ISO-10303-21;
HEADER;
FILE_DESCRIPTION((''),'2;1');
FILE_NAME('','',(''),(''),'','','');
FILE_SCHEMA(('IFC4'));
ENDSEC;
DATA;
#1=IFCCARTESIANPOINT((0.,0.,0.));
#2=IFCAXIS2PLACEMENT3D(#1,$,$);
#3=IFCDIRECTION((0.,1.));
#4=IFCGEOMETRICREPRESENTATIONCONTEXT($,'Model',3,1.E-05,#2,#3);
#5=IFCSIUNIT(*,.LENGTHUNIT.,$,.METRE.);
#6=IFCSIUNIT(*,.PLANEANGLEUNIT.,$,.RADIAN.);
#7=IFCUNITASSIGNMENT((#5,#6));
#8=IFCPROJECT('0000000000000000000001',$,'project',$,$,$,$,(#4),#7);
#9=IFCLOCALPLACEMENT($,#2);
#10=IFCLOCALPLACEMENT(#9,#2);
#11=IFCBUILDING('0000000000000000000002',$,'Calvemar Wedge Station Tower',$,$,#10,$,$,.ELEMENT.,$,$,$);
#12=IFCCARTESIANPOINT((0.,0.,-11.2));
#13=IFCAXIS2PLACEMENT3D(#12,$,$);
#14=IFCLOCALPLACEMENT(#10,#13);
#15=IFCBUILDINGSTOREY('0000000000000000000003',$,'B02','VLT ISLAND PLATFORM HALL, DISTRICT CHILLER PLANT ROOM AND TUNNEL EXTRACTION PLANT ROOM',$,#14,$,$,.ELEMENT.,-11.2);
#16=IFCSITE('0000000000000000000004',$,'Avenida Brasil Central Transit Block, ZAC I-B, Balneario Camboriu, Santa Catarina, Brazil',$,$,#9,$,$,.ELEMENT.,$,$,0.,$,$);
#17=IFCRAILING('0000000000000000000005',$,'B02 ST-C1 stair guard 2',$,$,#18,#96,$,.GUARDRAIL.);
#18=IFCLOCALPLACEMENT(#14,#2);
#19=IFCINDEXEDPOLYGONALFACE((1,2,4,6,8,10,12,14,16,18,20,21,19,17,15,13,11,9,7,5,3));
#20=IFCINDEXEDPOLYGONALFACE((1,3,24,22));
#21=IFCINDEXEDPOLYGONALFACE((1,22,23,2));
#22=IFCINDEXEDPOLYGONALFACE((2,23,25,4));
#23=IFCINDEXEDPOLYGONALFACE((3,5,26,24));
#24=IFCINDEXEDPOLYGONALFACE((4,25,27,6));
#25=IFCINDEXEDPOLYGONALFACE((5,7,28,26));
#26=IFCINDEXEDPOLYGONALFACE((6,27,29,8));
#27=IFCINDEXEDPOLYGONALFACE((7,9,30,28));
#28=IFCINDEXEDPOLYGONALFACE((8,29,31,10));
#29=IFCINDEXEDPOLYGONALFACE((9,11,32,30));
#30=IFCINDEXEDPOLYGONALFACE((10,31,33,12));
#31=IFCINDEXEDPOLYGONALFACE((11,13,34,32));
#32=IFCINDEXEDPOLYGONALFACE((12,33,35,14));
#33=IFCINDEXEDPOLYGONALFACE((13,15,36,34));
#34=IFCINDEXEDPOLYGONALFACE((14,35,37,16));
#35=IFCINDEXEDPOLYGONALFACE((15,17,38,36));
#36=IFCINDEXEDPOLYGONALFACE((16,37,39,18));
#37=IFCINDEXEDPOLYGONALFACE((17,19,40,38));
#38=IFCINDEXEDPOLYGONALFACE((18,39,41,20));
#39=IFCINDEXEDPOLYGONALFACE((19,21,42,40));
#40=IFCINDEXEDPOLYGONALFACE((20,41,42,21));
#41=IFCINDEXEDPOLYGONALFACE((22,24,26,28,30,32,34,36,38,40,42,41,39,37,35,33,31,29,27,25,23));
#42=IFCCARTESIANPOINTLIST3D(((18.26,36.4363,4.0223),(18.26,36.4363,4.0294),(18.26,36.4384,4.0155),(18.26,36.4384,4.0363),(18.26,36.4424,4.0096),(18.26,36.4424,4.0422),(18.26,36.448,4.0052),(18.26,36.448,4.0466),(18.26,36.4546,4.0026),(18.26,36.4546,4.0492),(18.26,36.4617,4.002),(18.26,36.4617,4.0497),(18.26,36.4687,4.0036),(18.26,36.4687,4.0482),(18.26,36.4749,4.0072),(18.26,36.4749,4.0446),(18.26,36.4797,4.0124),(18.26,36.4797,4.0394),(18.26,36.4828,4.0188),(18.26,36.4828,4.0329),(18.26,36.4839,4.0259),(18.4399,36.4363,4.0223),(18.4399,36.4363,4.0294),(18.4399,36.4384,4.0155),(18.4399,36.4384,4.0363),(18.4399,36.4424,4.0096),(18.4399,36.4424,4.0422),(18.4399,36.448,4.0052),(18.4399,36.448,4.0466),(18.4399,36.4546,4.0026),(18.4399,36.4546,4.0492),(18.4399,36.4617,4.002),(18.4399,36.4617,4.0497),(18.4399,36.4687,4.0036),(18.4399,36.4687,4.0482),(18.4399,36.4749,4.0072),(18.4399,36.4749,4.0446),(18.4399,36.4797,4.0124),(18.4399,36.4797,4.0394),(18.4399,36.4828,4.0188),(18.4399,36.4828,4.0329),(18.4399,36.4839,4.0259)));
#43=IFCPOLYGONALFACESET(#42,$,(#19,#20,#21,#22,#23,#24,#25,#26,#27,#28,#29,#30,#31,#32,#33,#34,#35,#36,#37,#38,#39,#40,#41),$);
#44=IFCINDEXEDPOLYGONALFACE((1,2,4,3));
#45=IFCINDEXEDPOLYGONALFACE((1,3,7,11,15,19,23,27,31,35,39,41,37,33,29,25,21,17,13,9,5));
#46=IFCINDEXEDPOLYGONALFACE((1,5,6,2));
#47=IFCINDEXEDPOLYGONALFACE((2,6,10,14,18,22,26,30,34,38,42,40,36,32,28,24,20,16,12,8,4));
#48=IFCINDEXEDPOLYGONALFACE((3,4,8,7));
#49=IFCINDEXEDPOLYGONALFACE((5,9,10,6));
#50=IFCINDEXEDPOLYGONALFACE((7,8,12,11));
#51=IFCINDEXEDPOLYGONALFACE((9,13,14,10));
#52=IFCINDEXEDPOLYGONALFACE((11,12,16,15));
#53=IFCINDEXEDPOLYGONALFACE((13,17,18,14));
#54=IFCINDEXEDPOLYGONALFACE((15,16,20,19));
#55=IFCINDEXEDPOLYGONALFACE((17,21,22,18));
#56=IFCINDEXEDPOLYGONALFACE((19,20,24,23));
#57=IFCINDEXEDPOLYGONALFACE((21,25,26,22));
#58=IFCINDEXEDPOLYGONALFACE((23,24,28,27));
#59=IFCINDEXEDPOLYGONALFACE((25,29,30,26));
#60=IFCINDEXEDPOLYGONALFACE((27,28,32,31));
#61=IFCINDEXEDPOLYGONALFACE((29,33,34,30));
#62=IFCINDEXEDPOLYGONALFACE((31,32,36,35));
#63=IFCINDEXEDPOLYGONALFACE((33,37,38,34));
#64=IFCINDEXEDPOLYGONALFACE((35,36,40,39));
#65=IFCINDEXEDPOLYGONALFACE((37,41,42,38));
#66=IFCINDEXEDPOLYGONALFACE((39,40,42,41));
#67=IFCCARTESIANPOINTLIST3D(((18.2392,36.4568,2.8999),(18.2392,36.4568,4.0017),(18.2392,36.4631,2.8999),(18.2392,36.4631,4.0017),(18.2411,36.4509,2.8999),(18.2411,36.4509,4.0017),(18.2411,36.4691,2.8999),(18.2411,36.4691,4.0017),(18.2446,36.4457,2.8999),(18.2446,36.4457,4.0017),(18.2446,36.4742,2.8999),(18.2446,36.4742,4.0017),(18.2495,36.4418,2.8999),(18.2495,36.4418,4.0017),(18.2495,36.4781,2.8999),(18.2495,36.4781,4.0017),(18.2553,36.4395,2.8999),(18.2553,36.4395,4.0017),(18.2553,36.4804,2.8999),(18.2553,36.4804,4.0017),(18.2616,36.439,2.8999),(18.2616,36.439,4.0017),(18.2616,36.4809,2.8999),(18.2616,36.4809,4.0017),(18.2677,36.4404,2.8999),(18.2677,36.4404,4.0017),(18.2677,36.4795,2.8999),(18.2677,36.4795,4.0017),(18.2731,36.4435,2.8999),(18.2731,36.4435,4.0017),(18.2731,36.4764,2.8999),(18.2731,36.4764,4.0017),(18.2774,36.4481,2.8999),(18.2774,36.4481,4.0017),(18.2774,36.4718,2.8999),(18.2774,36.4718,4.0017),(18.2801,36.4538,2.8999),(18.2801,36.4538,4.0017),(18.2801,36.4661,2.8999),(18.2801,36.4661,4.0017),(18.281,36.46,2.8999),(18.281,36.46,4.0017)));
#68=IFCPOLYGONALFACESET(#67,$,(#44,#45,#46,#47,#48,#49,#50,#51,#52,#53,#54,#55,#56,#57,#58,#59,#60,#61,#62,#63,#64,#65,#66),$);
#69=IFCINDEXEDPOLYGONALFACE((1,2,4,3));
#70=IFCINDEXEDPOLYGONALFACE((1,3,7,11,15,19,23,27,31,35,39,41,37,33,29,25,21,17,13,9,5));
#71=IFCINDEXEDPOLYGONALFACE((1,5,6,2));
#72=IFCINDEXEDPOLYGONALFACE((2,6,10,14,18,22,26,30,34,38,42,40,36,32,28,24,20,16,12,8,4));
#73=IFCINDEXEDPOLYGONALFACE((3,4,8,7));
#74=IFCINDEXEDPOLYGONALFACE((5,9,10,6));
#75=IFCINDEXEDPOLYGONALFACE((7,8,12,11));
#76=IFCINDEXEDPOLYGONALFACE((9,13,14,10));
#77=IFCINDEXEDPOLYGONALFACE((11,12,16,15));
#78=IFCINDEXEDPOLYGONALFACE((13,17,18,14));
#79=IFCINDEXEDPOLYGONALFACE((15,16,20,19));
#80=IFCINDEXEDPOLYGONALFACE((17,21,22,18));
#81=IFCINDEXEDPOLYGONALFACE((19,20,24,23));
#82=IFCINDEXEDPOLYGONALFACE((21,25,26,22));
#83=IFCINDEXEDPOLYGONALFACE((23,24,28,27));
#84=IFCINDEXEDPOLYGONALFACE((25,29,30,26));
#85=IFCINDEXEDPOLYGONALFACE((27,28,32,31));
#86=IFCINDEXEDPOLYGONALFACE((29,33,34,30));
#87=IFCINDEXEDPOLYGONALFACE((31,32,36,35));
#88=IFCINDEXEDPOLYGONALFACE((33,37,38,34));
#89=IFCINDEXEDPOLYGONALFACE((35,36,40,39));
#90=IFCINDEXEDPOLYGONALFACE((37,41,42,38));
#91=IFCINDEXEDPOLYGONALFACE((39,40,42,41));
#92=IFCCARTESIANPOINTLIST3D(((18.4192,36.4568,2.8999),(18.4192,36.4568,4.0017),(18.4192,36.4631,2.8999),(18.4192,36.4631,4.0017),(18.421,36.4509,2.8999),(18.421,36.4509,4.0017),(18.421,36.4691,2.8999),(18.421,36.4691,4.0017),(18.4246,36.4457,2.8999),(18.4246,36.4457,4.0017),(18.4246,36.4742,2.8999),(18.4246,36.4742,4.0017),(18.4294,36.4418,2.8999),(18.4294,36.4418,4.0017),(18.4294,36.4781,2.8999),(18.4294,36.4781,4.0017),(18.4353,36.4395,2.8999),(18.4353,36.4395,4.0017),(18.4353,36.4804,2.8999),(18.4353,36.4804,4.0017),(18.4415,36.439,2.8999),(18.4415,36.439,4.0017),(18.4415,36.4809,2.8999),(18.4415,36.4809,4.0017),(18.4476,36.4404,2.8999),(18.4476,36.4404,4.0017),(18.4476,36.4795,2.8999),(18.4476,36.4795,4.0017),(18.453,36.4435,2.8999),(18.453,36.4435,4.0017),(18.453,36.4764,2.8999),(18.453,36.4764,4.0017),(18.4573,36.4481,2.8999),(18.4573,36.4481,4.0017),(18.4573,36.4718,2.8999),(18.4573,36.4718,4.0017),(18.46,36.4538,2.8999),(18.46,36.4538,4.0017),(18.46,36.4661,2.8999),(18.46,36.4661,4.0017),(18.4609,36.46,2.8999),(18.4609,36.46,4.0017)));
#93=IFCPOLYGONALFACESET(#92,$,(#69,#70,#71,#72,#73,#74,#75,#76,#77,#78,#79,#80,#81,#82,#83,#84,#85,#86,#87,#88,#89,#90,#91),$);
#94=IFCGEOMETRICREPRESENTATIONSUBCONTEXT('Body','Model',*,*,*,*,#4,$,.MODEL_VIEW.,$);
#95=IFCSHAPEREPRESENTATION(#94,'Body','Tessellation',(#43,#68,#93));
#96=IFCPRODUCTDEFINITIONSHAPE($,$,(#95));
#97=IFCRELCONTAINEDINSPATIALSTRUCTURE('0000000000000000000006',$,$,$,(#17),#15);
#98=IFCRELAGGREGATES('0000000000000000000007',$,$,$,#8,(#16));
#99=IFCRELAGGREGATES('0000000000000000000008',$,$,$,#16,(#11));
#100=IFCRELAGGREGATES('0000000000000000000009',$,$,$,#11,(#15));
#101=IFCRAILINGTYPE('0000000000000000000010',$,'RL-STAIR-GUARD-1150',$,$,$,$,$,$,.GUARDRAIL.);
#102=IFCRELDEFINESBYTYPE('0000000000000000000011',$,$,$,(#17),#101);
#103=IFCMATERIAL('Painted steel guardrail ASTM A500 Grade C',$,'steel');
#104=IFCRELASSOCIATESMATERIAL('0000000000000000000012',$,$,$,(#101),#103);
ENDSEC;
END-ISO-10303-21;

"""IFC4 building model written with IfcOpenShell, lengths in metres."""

from ifc_helpers import new_model, si_unit, direction, frame, origin, origin_2d, place, context, subcontext, project, spatial, circle, extrude, material, type_object, element, save


model = new_model("IFC4")

# Units and contexts
model_context = context("Model", 3, precision=1e-05, world=origin(), true_north=direction((0.0, 1.0)))
body_context = subcontext(model_context, "Body", "Model", "MODEL_VIEW")
ifc_project = project(units=[si_unit("LENGTHUNIT", "METRE"), si_unit("PLANEANGLEUNIT", "RADIAN")], contexts=[model_context])

# Site, building, storey
site_placement = place(None, origin())
site = spatial("IfcSite", under=ifc_project, at=site_placement, Name="Avenida Brasil Central Transit Block, ZAC I-B, Balneario Camboriu, Santa Catarina, Brazil", CompositionType="ELEMENT", RefElevation=0.0)
building_placement = place(site_placement, origin())
building = spatial("IfcBuilding", under=site, at=building_placement, Name="Calvemar Wedge Station Tower", CompositionType="ELEMENT")
storey_placement = place(building_placement, frame((0.0, 0.0, -11.2)))
storey = spatial("IfcBuildingStorey", under=building, at=storey_placement, Name="B02", Description="VLT ISLAND PLATFORM HALL, DISTRICT CHILLER PLANT ROOM AND TUNNEL EXTRACTION PLANT ROOM", CompositionType="ELEMENT", Elevation=-11.2)

# Railing
ifc_material_1 = material(Name="Painted steel guardrail ASTM A500 Grade C", Category="steel")
railing_type_1 = type_object("IfcRailingType", Name="RL-STAIR-GUARD-1150", PredefinedType="GUARDRAIL", material=ifc_material_1)
railing_1_placement = place(storey_placement, frame((18.26, 36.46, 2.8999)))
element("IfcRailing", 1, at=railing_1_placement, inside=storey, type_object=railing_type_1, Name="B02 ST-C1 stair guard 2", PredefinedType="GUARDRAIL", context=body_context, shape_type="SweptSolid", body=[
    extrude(circle(Radius=0.0239, at=origin_2d()), frame((0.0, 0.0, 1.126), z_axis=(1.0, 0.0, 0.0), x_axis=(0.0, 1.0, 0.0)), (0.0, 0.0, 1.0), 0.1799),
    extrude(circle(Radius=0.021, at=origin_2d()), origin(), (0.0, 0.0, 1.0), 1.1018),
    extrude(circle(Radius=0.021, at=origin_2d()), frame((0.1799, 0.0, 0.0)), (0.0, 0.0, 1.0), 1.1018),
])

save(model, "model.ifc")
